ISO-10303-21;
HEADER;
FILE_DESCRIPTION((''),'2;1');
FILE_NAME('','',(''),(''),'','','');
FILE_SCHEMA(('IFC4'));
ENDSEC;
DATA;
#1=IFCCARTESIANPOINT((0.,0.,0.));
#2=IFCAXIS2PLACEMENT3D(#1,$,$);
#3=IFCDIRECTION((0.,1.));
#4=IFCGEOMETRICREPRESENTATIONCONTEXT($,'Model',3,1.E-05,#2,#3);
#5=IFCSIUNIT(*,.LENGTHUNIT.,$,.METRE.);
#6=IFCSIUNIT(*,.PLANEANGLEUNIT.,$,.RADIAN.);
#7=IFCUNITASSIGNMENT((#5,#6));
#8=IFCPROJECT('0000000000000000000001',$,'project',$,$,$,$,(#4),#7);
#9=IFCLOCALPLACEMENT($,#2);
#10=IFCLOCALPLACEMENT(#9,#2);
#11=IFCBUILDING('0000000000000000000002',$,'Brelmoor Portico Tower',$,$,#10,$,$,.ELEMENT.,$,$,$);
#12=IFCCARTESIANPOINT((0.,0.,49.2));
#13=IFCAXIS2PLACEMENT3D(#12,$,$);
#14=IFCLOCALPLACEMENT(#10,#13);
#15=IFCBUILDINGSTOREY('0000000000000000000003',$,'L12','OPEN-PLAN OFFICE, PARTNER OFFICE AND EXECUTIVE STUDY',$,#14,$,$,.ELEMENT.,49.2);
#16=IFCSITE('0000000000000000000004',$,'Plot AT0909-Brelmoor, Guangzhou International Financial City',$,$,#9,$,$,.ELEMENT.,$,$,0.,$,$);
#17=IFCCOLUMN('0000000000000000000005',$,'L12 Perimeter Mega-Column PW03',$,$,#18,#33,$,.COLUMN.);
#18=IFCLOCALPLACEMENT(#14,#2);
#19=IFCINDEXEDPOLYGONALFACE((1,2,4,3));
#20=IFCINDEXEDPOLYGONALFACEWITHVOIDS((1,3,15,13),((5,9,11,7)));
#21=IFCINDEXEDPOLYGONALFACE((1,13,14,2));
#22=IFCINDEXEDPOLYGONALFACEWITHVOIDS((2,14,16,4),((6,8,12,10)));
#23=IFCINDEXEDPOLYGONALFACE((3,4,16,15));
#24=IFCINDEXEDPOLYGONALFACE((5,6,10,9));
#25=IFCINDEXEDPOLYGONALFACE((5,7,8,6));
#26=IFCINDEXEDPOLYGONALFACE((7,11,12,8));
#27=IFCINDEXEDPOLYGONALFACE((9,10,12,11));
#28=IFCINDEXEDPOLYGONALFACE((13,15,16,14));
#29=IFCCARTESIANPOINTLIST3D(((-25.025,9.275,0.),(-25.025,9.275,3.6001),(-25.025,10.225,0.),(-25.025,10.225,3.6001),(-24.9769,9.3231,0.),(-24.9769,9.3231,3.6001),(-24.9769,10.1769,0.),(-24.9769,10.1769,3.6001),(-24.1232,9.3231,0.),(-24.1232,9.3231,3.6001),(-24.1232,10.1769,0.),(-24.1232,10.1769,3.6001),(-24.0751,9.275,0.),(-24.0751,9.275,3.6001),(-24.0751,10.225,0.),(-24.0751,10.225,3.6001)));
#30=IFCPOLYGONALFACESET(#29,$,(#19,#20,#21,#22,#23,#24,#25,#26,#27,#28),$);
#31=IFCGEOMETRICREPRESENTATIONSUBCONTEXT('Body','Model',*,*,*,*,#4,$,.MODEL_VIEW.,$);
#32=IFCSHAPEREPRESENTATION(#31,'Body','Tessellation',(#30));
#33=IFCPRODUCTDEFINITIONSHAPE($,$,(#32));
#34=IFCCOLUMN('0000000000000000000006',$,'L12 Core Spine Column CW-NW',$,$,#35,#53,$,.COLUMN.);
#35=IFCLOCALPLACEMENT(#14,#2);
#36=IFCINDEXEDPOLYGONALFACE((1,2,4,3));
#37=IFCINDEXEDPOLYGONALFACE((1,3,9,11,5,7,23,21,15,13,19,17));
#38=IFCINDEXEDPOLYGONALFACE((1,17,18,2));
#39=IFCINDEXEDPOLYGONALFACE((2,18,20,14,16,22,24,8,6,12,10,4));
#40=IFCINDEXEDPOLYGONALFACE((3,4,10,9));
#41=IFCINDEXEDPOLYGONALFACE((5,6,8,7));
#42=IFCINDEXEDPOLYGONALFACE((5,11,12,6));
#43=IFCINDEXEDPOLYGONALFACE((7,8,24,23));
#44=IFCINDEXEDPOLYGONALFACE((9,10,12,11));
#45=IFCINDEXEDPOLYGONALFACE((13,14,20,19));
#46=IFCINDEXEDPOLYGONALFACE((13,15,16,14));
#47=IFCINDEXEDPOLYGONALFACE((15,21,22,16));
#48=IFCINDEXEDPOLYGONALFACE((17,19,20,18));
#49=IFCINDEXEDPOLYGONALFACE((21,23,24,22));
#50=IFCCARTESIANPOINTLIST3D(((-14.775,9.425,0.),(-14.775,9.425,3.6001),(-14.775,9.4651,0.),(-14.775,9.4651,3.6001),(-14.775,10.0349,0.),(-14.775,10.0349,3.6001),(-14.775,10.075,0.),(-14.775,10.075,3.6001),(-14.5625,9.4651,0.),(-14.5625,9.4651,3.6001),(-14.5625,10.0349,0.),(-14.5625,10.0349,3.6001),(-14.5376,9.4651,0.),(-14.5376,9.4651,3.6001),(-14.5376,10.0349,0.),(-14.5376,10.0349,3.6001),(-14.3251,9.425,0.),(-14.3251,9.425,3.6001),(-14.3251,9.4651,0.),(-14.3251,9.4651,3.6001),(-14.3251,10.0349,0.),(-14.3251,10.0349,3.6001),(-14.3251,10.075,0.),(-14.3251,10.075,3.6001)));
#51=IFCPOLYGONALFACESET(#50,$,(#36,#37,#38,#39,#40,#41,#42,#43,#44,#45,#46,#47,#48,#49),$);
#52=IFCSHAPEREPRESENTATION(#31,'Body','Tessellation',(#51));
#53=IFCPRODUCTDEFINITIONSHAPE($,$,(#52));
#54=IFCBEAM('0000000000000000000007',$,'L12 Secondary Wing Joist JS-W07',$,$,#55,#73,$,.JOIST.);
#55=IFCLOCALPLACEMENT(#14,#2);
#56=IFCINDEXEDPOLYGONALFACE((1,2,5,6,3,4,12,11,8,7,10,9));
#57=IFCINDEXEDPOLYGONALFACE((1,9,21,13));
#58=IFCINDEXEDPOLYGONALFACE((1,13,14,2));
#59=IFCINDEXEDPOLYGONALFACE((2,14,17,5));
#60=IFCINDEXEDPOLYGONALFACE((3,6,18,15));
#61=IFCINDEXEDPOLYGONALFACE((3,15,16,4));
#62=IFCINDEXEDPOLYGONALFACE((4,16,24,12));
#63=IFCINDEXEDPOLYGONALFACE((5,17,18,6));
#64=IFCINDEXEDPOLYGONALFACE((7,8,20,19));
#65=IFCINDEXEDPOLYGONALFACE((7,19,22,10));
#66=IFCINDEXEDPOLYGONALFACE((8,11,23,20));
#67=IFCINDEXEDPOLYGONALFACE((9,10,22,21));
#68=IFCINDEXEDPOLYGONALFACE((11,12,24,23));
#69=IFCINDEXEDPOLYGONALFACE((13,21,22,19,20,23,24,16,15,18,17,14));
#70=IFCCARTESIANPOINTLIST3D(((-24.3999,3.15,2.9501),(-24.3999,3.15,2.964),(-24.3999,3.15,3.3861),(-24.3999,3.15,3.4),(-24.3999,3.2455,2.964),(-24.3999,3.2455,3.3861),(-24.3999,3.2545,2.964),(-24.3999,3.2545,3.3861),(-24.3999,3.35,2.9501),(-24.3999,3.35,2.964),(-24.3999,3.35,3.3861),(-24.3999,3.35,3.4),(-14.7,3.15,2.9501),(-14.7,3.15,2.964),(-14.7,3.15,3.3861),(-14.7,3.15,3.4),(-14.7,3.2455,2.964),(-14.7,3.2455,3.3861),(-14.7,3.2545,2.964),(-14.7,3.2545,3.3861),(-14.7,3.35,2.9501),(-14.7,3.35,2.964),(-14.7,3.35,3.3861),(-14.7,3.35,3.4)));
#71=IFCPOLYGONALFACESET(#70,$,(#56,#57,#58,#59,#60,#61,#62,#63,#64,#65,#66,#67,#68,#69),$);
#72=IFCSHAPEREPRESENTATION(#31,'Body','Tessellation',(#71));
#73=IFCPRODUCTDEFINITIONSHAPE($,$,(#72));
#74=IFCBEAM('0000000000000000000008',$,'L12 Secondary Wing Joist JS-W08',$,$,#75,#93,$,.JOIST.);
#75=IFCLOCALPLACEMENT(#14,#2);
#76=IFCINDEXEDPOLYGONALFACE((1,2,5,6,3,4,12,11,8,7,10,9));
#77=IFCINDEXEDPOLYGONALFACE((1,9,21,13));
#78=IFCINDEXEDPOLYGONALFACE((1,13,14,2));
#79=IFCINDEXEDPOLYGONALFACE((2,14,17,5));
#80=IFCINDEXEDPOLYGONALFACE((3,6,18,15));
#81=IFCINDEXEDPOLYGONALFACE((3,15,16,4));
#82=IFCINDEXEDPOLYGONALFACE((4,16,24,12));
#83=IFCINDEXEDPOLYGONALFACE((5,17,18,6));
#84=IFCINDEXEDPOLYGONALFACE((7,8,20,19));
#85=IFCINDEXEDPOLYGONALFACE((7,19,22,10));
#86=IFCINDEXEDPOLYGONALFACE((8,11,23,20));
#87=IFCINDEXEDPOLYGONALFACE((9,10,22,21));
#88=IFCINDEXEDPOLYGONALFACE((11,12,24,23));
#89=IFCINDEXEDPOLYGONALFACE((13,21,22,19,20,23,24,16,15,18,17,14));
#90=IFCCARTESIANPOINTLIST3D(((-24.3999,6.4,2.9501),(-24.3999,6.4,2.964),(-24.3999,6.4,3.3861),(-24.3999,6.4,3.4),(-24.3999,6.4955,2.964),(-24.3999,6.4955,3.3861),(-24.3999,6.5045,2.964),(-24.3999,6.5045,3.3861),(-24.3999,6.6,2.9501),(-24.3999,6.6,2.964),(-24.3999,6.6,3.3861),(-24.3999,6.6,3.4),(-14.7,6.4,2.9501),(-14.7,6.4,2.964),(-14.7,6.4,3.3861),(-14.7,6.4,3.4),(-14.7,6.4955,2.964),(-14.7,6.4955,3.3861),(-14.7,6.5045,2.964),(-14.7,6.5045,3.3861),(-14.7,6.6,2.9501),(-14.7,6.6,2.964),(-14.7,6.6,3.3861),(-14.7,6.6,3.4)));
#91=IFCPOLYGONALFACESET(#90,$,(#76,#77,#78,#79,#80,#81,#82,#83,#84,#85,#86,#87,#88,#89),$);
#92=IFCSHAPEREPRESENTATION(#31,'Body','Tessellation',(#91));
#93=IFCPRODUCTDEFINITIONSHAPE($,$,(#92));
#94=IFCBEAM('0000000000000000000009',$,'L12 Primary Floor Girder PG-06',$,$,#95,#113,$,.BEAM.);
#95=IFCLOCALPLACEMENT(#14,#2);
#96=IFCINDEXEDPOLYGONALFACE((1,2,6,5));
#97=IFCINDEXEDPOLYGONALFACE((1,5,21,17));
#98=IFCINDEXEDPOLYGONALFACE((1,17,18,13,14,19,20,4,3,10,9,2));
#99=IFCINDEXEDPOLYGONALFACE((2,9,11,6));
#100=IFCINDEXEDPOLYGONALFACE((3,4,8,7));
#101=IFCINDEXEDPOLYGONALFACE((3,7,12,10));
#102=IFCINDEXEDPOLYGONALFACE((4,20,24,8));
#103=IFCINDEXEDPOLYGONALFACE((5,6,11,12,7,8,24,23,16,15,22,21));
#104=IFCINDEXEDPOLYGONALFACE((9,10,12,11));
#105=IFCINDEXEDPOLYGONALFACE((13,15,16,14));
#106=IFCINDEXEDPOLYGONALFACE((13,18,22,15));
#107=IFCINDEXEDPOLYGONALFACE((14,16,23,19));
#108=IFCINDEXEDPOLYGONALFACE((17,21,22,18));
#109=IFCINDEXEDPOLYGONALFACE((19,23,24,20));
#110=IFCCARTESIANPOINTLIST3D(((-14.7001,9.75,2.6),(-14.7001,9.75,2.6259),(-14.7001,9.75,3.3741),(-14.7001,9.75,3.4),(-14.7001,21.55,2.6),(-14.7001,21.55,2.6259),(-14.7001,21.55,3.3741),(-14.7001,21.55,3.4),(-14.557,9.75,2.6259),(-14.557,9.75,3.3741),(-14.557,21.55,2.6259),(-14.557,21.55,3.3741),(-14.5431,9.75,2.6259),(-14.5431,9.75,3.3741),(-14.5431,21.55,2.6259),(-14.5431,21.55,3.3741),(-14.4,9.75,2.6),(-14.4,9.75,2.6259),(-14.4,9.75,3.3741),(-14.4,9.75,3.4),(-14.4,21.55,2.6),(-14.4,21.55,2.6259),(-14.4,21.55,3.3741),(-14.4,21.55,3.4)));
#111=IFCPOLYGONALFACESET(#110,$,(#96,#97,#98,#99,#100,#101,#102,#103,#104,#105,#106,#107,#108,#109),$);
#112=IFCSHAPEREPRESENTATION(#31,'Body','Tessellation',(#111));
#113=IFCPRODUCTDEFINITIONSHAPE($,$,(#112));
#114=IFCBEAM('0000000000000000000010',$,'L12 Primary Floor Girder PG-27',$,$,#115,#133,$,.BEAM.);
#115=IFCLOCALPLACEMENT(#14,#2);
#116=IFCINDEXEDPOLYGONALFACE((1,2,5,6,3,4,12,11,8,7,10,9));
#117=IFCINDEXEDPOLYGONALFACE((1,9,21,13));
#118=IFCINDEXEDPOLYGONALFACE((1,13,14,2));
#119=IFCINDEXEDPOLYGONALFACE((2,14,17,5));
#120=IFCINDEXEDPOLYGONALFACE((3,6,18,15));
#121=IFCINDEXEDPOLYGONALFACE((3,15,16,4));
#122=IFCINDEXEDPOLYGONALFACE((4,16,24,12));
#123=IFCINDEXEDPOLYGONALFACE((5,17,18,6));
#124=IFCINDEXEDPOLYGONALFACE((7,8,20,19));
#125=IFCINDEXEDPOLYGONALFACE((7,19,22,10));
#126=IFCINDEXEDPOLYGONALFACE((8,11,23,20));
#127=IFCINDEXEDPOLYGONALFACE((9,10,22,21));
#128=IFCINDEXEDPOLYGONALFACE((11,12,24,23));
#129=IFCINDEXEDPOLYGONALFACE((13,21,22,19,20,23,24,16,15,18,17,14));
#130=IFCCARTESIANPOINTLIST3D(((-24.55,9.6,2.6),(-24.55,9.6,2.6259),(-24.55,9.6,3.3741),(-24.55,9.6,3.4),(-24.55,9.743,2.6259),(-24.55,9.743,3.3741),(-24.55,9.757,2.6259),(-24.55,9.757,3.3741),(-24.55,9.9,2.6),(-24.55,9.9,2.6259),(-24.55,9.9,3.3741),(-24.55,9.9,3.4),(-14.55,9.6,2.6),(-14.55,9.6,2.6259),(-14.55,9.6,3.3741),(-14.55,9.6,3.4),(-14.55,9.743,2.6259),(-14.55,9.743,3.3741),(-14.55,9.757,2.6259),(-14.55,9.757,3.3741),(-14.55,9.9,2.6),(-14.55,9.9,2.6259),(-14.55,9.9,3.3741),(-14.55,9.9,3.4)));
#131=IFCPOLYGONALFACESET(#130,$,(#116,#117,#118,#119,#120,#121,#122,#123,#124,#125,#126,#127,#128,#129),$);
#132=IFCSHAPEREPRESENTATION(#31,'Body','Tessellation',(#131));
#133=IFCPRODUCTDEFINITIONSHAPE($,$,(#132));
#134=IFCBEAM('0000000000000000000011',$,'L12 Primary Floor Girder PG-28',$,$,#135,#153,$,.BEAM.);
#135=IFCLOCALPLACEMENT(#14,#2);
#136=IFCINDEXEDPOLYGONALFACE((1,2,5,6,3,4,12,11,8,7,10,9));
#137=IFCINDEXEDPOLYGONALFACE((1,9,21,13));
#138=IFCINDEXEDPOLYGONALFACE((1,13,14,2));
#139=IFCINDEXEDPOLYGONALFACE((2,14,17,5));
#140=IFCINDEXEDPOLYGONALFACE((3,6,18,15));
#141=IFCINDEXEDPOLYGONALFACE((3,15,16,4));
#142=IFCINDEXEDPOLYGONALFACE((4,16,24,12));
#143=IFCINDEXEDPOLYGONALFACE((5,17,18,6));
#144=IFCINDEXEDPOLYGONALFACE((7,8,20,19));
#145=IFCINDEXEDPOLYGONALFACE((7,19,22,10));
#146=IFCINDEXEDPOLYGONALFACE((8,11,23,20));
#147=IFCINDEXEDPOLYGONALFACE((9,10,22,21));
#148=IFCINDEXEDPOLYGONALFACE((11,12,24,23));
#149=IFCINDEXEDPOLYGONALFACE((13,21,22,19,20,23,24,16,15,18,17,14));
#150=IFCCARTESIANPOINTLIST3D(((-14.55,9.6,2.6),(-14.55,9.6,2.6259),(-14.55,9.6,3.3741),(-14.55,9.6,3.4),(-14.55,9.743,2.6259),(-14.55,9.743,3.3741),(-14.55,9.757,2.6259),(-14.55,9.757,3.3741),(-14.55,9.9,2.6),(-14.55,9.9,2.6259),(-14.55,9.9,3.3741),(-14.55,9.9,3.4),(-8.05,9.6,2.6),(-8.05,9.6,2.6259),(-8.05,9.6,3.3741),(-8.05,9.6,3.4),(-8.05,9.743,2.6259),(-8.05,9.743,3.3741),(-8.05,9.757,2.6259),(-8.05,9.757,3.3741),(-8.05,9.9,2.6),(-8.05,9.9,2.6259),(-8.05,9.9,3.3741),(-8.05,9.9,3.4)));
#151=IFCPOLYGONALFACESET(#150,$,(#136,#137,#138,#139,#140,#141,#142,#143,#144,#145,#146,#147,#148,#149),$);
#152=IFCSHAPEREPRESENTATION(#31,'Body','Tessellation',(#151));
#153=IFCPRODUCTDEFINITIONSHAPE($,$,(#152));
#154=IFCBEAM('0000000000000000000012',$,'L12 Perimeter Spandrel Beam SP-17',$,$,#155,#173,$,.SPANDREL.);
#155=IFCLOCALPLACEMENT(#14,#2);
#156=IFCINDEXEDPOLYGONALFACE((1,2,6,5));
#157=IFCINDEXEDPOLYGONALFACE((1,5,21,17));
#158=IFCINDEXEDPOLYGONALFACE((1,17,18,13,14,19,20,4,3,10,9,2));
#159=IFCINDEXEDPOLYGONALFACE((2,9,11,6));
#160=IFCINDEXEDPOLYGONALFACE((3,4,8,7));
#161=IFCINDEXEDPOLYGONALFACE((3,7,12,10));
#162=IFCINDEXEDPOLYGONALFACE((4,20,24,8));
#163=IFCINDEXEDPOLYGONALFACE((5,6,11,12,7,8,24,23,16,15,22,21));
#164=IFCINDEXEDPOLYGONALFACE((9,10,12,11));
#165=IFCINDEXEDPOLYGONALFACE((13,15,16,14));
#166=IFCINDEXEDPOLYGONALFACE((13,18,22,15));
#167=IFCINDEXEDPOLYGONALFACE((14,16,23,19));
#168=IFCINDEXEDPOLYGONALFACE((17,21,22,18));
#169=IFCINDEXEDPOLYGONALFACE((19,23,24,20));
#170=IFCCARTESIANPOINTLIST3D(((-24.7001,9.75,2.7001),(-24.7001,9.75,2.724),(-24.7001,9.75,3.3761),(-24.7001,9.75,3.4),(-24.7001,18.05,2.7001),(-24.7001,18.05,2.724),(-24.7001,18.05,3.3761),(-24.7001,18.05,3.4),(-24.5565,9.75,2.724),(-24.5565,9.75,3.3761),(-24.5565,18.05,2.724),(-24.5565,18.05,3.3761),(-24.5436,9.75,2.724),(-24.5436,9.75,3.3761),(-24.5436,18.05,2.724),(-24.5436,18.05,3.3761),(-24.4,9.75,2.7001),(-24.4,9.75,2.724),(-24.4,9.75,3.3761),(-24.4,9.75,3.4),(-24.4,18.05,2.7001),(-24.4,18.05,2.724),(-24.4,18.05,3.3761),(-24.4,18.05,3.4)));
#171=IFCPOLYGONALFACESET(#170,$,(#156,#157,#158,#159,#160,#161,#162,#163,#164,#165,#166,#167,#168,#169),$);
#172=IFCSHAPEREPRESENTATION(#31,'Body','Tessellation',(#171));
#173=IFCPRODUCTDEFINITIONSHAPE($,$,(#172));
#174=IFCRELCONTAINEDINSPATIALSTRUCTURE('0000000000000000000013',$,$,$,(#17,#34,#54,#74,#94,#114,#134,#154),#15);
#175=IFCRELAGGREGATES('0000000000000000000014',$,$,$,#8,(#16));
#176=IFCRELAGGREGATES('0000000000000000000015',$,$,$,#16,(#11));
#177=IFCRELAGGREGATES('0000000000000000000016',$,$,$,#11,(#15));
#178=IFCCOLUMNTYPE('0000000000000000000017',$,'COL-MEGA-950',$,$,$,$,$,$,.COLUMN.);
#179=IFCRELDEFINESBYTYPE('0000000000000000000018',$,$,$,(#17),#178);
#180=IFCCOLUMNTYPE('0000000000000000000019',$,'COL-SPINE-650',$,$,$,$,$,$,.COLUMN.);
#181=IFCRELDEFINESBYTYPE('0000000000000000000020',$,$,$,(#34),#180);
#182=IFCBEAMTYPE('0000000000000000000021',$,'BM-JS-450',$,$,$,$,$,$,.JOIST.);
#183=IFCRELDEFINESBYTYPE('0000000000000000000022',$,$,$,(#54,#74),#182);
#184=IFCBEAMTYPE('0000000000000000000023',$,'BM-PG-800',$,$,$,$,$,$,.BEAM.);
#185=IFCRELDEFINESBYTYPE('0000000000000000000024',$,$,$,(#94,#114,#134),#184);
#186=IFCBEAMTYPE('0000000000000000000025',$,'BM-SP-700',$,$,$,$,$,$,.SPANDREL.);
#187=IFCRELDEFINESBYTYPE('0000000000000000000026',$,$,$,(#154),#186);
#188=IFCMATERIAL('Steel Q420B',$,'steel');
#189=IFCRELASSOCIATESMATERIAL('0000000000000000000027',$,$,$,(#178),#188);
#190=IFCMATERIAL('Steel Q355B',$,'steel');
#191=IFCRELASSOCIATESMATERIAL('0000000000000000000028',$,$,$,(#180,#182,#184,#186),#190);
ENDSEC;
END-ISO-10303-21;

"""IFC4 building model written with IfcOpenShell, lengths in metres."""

from ifc_helpers import new_model, si_unit, direction, frame, origin, origin_2d, place, context, subcontext, project, spatial, hollow_rectangle, i_section, extrude, material, material_profile, profile_set, type_object, element, save


model = new_model("IFC4")

# Units and contexts
model_context = context("Model", 3, precision=1e-05, world=origin(), true_north=direction((0.0, 1.0)))
body_context = subcontext(model_context, "Body", "Model", "MODEL_VIEW")
ifc_project = project(units=[si_unit("LENGTHUNIT", "METRE"), si_unit("PLANEANGLEUNIT", "RADIAN")], contexts=[model_context])

# Site, building, storey
site_placement = place(None, origin())
site = spatial("IfcSite", under=ifc_project, at=site_placement, Name="Plot AT0909-Brelmoor, Guangzhou International Financial City", CompositionType="ELEMENT", RefElevation=0.0)
building_placement = place(site_placement, origin())
building = spatial("IfcBuilding", under=site, at=building_placement, Name="Brelmoor Portico Tower", CompositionType="ELEMENT")
storey_placement = place(building_placement, frame((0.0, 0.0, 49.2)))
storey = spatial("IfcBuildingStorey", under=building, at=storey_placement, Name="L12", Description="OPEN-PLAN OFFICE, PARTNER OFFICE AND EXECUTIVE STUDY", CompositionType="ELEMENT", Elevation=49.2)

# Columns
ifc_material_1 = material(Name="Steel Q420B", Category="steel")
ifc_material_profile_1 = material_profile(ifc_material_1, hollow_rectangle(XDim=0.95, YDim=0.95, WallThickness=0.0481, at=origin_2d()), Name="BOX 950x950x48")
ifc_profile_set_1 = profile_set([ifc_material_profile_1], Name="Steel Q420B")
column_type_1 = type_object("IfcColumnType", Name="COL-MEGA-950", PredefinedType="COLUMN", material=ifc_profile_set_1)
column_1_placement = place(storey_placement, frame((-24.55, 9.75, 0.0), z_axis=(0.0, 0.0, 1.0), x_axis=(0.0, 1.0, 0.0)))
element("IfcColumn", 1, at=column_1_placement, inside=storey, type_object=column_type_1, Name="L12 Perimeter Mega-Column PW03", PredefinedType="COLUMN", context=body_context, shape_type="SweptSolid", body=[
    extrude(hollow_rectangle(XDim=0.95, YDim=0.95, WallThickness=0.0481, at=origin_2d()), origin(), (0.0, 0.0, 1.0), 3.6001),
])
ifc_material_2 = material(Name="Steel Q355B", Category="steel")
ifc_material_profile_2 = material_profile(ifc_material_2, i_section(OverallWidth=0.45, OverallDepth=0.6499, WebThickness=0.0249, FlangeThickness=0.04, at=origin_2d()), Name="HW 650x450x25x40")
ifc_profile_set_2 = profile_set([ifc_material_profile_2], Name="Steel Q355B")
column_type_2 = type_object("IfcColumnType", Name="COL-SPINE-650", PredefinedType="COLUMN", material=ifc_profile_set_2)
column_2_placement = place(storey_placement, frame((-14.55, 9.75, 0.0), z_axis=(0.0, 0.0, 1.0), x_axis=(1.0, 0.0, 0.0)))
element("IfcColumn", 2, at=column_2_placement, inside=storey, type_object=column_type_2, Name="L12 Core Spine Column CW-NW", PredefinedType="COLUMN", context=body_context, shape_type="SweptSolid", body=[
    extrude(i_section(OverallWidth=0.45, OverallDepth=0.6499, WebThickness=0.0249, FlangeThickness=0.04, at=origin_2d()), origin(), (0.0, 0.0, 1.0), 3.6001),
])

# Beams
ifc_material_profile_3 = material_profile(ifc_material_2, i_section(OverallWidth=0.2, OverallDepth=0.45, WebThickness=0.009, FlangeThickness=0.0139, at=origin_2d()), Name="HN 450x200x9x14")
ifc_profile_set_3 = profile_set([ifc_material_profile_3], Name="Steel Q355B")
beam_type_1 = type_object("IfcBeamType", Name="BM-JS-450", PredefinedType="JOIST", material=ifc_profile_set_3)
for number, where, z_axis, x_axis, name in (
    (3, (-24.3999, 3.25, 3.175), (1.0, 0.0, 0.0), (0.0, 1.0, 0.0), "L12 Secondary Wing Joist JS-W07"),
    (4, (-24.3999, 6.5, 3.175), (1.0, 0.0, 0.0), (0.0, 1.0, 0.0), "L12 Secondary Wing Joist JS-W08"),
):
    element("IfcBeam", number, at=place(storey_placement, frame(where, z_axis=z_axis, x_axis=x_axis)), inside=storey, type_object=beam_type_1, Name=name, PredefinedType="JOIST", context=body_context, shape_type="SweptSolid", body=[
        extrude(i_section(OverallWidth=0.2, OverallDepth=0.45, WebThickness=0.009, FlangeThickness=0.0139, at=origin_2d()), origin(), (0.0, 0.0, 1.0), 9.7),
    ])
ifc_material_profile_4 = material_profile(ifc_material_2, i_section(OverallWidth=0.3, OverallDepth=0.8, WebThickness=0.0139, FlangeThickness=0.0259, at=origin_2d()), Name="HN 800x300x14x26")
ifc_profile_set_4 = profile_set([ifc_material_profile_4], Name="Steel Q355B")
beam_type_2 = type_object("IfcBeamType", Name="BM-PG-800", PredefinedType="BEAM", material=ifc_profile_set_4)
beam_1_placement = place(storey_placement, frame((-14.55, 9.75, 3.0), z_axis=(0.0, 1.0, 0.0), x_axis=(-1.0, 0.0, 0.0)))
element("IfcBeam", 5, at=beam_1_placement, inside=storey, type_object=beam_type_2, Name="L12 Primary Floor Girder PG-06", PredefinedType="BEAM", context=body_context, shape_type="SweptSolid", body=[
    extrude(i_section(OverallWidth=0.3, OverallDepth=0.8, WebThickness=0.0139, FlangeThickness=0.0259, at=origin_2d()), origin(), (0.0, 0.0, 1.0), 11.8),
])
beam_2_placement = place(storey_placement, frame((-24.55, 9.75, 3.0), z_axis=(1.0, 0.0, 0.0), x_axis=(0.0, 1.0, 0.0)))
element("IfcBeam", 6, at=beam_2_placement, inside=storey, type_object=beam_type_2, Name="L12 Primary Floor Girder PG-27", PredefinedType="BEAM", context=body_context, shape_type="SweptSolid", body=[
    extrude(i_section(OverallWidth=0.3, OverallDepth=0.8, WebThickness=0.0139, FlangeThickness=0.0259, at=origin_2d()), origin(), (0.0, 0.0, 1.0), 10.0),
])
beam_3_placement = place(storey_placement, frame((-14.55, 9.75, 3.0), z_axis=(1.0, 0.0, 0.0), x_axis=(0.0, 1.0, 0.0)))
element("IfcBeam", 7, at=beam_3_placement, inside=storey, type_object=beam_type_2, Name="L12 Primary Floor Girder PG-28", PredefinedType="BEAM", context=body_context, shape_type="SweptSolid", body=[
    extrude(i_section(OverallWidth=0.3, OverallDepth=0.8, WebThickness=0.0139, FlangeThickness=0.0259, at=origin_2d()), origin(), (0.0, 0.0, 1.0), 6.5),
])
ifc_material_profile_5 = material_profile(ifc_material_2, i_section(OverallWidth=0.3, OverallDepth=0.7, WebThickness=0.0129, FlangeThickness=0.0239, at=origin_2d()), Name="HN 700x300x13x24")
ifc_profile_set_5 = profile_set([ifc_material_profile_5], Name="Steel Q355B")
beam_type_3 = type_object("IfcBeamType", Name="BM-SP-700", PredefinedType="SPANDREL", material=ifc_profile_set_5)
beam_4_placement = place(storey_placement, frame((-24.55, 9.75, 3.05), z_axis=(0.0, 1.0, 0.0), x_axis=(-1.0, 0.0, 0.0)))
element("IfcBeam", 8, at=beam_4_placement, inside=storey, type_object=beam_type_3, Name="L12 Perimeter Spandrel Beam SP-17", PredefinedType="SPANDREL", context=body_context, shape_type="SweptSolid", body=[
    extrude(i_section(OverallWidth=0.3, OverallDepth=0.7, WebThickness=0.0129, FlangeThickness=0.0239, at=origin_2d()), origin(), (0.0, 0.0, 1.0), 8.3),
])

save(model, "model.ifc")
